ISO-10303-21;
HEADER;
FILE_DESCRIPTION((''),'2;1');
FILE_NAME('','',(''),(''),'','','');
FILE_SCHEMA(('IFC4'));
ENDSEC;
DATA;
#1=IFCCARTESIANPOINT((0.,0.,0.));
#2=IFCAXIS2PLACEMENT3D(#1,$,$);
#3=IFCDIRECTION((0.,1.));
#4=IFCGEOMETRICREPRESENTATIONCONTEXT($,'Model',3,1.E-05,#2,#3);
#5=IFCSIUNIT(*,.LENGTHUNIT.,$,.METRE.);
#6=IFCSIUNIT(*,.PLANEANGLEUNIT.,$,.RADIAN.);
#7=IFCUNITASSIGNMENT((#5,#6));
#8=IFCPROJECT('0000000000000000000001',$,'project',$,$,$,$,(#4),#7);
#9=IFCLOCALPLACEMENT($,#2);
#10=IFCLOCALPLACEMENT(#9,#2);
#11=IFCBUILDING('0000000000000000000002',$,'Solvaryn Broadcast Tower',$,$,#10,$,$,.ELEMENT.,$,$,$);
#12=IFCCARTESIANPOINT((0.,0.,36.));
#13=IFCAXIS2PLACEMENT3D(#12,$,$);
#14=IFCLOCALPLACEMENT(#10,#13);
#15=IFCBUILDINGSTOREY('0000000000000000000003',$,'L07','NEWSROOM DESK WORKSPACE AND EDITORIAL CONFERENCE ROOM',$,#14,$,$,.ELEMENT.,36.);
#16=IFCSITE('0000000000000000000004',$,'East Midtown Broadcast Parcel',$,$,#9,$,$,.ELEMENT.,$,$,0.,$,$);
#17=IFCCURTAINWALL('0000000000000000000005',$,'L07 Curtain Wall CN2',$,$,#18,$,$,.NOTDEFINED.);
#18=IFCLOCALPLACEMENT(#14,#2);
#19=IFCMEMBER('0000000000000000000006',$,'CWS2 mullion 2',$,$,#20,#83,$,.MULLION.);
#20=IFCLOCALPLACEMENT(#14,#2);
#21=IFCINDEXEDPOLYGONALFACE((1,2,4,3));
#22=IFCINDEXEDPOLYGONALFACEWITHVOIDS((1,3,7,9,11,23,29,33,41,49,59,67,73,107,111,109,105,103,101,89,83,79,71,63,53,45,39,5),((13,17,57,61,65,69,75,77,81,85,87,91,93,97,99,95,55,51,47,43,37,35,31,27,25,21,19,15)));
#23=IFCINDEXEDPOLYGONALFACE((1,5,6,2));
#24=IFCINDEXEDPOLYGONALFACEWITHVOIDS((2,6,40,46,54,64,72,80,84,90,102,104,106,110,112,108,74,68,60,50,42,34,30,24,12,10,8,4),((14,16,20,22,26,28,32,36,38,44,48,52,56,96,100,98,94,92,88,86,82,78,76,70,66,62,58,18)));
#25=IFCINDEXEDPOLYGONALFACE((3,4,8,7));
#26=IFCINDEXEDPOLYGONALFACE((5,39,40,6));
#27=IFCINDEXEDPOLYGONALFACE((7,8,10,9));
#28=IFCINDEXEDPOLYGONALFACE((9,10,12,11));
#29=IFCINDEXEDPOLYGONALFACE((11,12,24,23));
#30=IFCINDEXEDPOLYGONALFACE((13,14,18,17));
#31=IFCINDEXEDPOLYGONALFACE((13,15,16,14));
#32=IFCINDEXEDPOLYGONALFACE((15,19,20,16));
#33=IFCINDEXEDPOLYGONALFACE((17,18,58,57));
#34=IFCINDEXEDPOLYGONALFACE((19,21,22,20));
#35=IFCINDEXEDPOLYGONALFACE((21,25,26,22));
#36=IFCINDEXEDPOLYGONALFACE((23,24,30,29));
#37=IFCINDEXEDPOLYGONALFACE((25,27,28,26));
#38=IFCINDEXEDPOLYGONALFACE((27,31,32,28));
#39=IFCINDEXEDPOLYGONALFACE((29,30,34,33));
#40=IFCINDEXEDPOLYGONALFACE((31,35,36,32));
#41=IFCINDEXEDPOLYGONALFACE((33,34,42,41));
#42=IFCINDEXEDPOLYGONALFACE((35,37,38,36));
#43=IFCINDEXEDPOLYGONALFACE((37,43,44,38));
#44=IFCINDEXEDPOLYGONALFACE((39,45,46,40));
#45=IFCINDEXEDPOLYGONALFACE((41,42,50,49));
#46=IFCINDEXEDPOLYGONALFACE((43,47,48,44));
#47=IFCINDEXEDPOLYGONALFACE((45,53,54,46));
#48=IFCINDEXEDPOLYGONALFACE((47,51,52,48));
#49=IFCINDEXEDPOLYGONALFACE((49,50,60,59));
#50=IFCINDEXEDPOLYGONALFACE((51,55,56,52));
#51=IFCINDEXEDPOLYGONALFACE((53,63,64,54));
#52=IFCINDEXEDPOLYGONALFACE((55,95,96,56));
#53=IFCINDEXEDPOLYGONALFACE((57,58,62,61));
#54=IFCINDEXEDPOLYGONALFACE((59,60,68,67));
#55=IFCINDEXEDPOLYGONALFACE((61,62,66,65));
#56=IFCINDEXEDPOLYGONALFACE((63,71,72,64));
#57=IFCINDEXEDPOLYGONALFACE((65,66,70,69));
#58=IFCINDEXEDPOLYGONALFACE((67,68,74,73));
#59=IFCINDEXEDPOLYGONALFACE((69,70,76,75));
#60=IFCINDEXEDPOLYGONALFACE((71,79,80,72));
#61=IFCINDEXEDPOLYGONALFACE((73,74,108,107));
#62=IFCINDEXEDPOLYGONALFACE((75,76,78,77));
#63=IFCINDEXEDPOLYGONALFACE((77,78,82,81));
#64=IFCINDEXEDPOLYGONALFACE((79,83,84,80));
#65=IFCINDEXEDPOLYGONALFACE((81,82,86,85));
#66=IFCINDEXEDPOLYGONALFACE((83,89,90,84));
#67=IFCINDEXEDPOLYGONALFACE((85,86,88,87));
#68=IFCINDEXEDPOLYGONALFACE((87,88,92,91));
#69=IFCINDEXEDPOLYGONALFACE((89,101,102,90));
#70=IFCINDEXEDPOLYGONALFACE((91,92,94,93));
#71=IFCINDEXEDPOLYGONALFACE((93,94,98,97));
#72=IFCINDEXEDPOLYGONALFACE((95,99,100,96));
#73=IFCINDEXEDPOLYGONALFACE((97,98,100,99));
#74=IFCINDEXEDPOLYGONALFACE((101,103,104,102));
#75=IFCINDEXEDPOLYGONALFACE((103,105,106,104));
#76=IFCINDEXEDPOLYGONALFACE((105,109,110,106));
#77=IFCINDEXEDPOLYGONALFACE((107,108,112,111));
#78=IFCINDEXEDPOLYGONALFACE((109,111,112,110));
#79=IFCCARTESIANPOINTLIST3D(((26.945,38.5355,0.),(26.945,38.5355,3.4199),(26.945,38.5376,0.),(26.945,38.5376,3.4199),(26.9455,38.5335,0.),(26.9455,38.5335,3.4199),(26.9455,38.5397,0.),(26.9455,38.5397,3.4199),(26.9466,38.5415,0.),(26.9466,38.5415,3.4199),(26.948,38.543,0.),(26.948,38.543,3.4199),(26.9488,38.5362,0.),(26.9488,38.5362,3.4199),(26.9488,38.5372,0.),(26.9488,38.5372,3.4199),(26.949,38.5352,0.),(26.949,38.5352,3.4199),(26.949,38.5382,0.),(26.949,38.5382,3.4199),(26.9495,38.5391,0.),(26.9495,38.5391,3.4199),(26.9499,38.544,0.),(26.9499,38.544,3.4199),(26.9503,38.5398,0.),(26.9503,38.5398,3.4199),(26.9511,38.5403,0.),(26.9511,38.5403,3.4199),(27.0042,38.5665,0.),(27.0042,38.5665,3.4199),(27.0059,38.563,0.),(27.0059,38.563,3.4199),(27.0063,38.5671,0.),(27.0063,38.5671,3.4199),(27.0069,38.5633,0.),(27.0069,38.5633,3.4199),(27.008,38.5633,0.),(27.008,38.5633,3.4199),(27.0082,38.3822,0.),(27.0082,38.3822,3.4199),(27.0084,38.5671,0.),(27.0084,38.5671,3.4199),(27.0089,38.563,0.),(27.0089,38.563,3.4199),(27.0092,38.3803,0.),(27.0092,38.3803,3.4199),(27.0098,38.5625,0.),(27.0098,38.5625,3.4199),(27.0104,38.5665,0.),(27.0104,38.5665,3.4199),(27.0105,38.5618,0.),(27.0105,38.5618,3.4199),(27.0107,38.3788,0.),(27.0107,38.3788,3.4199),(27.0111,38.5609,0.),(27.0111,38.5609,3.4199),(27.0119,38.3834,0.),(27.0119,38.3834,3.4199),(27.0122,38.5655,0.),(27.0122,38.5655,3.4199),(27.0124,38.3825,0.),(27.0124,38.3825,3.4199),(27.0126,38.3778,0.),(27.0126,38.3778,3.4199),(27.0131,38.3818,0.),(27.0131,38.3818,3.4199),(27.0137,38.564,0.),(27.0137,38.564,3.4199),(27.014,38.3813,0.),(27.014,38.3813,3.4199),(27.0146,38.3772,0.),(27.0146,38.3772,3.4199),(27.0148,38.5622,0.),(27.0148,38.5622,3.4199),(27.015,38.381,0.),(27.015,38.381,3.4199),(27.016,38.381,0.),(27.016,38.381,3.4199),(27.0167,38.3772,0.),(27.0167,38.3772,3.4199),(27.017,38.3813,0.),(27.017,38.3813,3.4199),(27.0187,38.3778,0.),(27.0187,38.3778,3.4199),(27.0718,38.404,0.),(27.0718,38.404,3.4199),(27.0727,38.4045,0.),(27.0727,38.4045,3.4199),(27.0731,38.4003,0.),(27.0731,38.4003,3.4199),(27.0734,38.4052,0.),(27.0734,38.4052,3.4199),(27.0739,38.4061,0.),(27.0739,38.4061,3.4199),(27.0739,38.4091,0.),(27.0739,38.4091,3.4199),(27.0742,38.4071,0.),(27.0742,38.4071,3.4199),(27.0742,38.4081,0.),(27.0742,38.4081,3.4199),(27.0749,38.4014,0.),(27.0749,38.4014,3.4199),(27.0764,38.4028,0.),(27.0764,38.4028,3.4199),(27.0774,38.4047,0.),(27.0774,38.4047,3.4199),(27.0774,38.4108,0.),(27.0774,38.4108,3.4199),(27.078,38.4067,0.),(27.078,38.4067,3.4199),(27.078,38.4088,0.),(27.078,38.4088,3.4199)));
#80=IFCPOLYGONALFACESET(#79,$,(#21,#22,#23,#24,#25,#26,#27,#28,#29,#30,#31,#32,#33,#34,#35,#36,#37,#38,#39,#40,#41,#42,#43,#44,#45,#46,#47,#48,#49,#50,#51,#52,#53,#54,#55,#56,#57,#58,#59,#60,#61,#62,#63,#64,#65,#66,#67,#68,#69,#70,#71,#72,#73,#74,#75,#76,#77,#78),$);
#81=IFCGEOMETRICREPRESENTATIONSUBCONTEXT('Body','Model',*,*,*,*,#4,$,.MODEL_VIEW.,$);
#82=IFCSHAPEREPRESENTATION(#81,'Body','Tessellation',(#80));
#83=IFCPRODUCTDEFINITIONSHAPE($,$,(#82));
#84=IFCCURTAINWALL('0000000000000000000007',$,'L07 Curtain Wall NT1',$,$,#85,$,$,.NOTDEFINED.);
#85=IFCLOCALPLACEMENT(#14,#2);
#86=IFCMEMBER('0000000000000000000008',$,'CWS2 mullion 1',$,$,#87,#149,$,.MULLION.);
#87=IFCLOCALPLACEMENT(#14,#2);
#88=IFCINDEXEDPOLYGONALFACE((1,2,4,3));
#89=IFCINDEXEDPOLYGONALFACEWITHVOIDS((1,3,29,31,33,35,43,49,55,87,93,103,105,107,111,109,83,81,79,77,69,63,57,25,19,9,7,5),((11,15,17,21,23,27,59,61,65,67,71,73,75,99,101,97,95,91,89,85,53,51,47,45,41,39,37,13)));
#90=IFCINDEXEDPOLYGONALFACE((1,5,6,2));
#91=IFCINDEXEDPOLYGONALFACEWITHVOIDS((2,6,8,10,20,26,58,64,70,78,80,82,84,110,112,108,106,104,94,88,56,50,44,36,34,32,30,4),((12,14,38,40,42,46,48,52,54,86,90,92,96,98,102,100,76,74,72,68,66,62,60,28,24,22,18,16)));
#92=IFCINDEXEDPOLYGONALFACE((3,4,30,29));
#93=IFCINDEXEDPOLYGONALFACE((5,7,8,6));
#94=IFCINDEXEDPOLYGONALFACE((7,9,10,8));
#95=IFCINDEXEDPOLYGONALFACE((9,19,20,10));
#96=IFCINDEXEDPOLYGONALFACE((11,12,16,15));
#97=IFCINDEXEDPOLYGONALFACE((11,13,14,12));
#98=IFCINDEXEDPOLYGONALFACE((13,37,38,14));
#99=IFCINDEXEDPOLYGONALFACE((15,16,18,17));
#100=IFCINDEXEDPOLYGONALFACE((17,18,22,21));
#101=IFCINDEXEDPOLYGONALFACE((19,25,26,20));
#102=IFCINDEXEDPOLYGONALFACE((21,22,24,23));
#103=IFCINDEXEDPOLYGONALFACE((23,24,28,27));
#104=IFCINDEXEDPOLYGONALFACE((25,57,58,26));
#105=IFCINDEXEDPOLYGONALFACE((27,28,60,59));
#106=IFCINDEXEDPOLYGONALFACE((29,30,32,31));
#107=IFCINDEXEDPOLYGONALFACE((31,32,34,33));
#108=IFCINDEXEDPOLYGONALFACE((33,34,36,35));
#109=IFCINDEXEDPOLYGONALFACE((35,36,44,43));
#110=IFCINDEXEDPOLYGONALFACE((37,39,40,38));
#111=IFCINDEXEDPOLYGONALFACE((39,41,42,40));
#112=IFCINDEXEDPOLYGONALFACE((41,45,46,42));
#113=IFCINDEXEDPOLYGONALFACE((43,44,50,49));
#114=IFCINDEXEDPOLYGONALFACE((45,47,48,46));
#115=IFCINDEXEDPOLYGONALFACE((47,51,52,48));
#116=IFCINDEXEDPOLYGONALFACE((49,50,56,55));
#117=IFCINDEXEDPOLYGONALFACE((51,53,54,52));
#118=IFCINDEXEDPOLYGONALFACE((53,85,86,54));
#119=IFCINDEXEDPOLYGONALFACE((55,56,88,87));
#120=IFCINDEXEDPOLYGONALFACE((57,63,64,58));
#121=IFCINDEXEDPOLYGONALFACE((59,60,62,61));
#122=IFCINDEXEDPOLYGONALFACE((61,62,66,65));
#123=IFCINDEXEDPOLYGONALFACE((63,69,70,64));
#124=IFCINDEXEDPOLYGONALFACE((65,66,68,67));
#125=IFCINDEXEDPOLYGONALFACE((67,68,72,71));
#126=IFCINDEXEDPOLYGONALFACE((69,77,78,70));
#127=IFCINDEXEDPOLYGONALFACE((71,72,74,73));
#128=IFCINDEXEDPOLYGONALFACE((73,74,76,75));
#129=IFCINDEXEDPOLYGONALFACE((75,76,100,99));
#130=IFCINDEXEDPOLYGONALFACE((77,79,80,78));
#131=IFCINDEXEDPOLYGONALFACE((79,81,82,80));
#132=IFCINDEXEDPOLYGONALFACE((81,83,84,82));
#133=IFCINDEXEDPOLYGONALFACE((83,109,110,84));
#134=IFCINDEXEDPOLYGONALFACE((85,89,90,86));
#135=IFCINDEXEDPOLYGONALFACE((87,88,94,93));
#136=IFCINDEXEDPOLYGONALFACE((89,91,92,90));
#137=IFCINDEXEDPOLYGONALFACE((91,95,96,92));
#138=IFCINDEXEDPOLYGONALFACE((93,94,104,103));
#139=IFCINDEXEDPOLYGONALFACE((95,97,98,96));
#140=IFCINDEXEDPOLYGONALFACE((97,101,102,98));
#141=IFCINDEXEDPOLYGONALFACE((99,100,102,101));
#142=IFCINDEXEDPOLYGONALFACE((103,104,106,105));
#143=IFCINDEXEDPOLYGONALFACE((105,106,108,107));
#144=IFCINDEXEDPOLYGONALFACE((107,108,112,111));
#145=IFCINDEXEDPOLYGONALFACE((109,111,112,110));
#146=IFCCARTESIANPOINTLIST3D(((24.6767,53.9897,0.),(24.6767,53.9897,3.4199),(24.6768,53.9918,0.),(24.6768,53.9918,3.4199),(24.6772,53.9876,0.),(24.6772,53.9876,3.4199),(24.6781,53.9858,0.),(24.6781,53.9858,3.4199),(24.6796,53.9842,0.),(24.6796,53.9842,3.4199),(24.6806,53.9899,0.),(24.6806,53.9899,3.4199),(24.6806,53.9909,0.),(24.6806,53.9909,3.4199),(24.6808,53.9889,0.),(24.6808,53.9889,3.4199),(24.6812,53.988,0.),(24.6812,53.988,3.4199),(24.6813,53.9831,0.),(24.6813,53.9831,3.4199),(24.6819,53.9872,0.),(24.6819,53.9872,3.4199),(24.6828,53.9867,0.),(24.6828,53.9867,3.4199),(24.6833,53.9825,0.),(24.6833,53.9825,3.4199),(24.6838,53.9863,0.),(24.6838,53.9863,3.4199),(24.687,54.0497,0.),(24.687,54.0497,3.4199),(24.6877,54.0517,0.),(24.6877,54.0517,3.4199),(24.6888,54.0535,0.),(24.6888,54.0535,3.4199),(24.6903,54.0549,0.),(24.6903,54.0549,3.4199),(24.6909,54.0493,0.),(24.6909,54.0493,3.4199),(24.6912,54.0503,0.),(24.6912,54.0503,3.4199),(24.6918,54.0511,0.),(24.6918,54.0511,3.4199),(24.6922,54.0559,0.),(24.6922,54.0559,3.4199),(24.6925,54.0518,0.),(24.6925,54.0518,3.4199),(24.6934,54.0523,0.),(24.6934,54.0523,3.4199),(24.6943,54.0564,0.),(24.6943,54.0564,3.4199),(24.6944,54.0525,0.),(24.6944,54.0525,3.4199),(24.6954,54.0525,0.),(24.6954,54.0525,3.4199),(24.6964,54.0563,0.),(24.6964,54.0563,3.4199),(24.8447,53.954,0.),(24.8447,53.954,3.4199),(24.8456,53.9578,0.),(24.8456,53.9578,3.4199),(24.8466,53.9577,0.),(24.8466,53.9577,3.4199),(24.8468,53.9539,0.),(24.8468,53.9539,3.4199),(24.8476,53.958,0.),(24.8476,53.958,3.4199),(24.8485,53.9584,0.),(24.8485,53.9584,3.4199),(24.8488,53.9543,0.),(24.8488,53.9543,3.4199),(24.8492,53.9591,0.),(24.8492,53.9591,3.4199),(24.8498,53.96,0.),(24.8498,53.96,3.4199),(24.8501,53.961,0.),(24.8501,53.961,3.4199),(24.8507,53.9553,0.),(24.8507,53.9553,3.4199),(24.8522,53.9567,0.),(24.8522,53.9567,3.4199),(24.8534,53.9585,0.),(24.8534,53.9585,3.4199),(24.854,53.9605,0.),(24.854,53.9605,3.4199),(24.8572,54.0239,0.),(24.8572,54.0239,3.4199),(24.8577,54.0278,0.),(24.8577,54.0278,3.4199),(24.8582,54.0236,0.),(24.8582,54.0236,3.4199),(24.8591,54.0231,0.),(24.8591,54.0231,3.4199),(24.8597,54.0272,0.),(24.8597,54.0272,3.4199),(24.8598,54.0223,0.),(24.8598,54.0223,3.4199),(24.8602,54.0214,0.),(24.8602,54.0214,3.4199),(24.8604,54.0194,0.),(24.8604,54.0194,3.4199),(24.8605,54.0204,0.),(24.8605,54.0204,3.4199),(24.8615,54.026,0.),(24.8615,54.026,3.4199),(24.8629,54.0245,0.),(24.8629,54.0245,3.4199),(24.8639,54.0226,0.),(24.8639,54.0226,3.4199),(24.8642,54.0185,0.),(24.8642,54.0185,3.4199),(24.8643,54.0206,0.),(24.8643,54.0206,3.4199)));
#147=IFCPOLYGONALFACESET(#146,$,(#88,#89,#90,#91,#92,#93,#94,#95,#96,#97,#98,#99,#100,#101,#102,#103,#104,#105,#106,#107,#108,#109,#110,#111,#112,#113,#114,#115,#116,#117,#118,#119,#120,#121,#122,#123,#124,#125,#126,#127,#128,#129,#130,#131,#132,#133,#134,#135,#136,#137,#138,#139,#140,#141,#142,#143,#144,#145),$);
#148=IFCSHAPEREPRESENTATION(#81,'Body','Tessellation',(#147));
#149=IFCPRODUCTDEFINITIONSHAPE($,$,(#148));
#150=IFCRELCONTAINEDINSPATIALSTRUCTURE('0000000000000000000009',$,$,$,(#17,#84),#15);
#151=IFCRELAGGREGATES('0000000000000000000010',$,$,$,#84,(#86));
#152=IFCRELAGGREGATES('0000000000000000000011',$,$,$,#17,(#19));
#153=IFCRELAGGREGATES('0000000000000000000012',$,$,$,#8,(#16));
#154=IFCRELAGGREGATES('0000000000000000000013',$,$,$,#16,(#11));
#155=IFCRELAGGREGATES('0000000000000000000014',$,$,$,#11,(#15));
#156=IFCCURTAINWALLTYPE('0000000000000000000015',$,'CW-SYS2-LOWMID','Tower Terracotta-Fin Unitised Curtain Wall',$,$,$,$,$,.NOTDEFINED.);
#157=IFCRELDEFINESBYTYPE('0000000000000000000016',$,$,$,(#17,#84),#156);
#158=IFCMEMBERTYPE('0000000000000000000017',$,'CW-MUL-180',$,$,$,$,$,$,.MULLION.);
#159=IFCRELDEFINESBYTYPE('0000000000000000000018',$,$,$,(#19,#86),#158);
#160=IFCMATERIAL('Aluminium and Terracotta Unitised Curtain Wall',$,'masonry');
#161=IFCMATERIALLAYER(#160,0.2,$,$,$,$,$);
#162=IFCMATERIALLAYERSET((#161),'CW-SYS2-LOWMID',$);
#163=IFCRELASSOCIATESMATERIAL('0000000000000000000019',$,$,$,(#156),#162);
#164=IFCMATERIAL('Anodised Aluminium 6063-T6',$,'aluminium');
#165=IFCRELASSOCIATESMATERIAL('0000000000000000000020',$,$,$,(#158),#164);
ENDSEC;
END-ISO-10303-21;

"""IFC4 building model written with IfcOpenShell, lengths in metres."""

from ifc_helpers import new_model, si_unit, direction, frame, origin, origin_2d, place, context, subcontext, project, spatial, hollow_rectangle, extrude, material, layer, layer_set, material_profile, profile_set, type_object, element, aggregate, save


model = new_model("IFC4")

# Units and contexts
model_context = context("Model", 3, precision=1e-05, world=origin(), true_north=direction((0.0, 1.0)))
body_context = subcontext(model_context, "Body", "Model", "MODEL_VIEW")
ifc_project = project(units=[si_unit("LENGTHUNIT", "METRE"), si_unit("PLANEANGLEUNIT", "RADIAN")], contexts=[model_context])

# Site, building, storey
site_placement = place(None, origin())
site = spatial("IfcSite", under=ifc_project, at=site_placement, Name="East Midtown Broadcast Parcel", CompositionType="ELEMENT", RefElevation=0.0)
building_placement = place(site_placement, origin())
building = spatial("IfcBuilding", under=site, at=building_placement, Name="Solvaryn Broadcast Tower", CompositionType="ELEMENT")
storey_placement = place(building_placement, frame((0.0, 0.0, 36.0)))
storey = spatial("IfcBuildingStorey", under=building, at=storey_placement, Name="L07", Description="NEWSROOM DESK WORKSPACE AND EDITORIAL CONFERENCE ROOM", CompositionType="ELEMENT", Elevation=36.0)

# Shared definitions
ifc_material_1 = material(Name="Aluminium and Terracotta Unitised Curtain Wall", Category="masonry")
ifc_layer_1 = layer(ifc_material_1, 0.2)
ifc_layer_set_1 = layer_set([ifc_layer_1], Name="CW-SYS2-LOWMID")
curtain_wall_type = type_object("IfcCurtainWallType", Name="CW-SYS2-LOWMID", Description="Tower Terracotta-Fin Unitised Curtain Wall", PredefinedType="NOTDEFINED", material=ifc_layer_set_1)
ifc_material_2 = material(Name="Anodised Aluminium 6063-T6", Category="aluminium")
ifc_material_profile_1 = material_profile(ifc_material_2, hollow_rectangle(XDim=0.075, YDim=0.1799, WallThickness=0.0039, InnerFilletRadius=0.0039, OuterFilletRadius=0.0081, at=origin_2d()))
ifc_profile_set_1 = profile_set([ifc_material_profile_1], Name="Anodised Aluminium 6063-T6")
member_type_1 = type_object("IfcMemberType", Name="CW-MUL-180", PredefinedType="MULLION", material=ifc_profile_set_1)

# Curtain walls, members
curtain_wall_1_placement = place(storey_placement, origin())
curtain_wall_1 = element("IfcCurtainWall", 1, at=curtain_wall_1_placement, inside=storey, type_object=curtain_wall_type, Name="L07 Curtain Wall CN2", PredefinedType="NOTDEFINED")
member_1_placement = place(storey_placement, frame((27.0115, 38.4722, 0.0), z_axis=(0.0, 0.0, 1.0), x_axis=(-0.923895, -0.382646, 0.0)))
member_1 = element("IfcMember", 2, at=member_1_placement, type_object=member_type_1, Name="CWS2 mullion 2", PredefinedType="MULLION", context=body_context, shape_type="SweptSolid", body=[
    extrude(hollow_rectangle(XDim=0.075, YDim=0.1799, WallThickness=0.0039, InnerFilletRadius=0.0039, OuterFilletRadius=0.0081, at=origin_2d()), origin(), (0.0, 0.0, 1.0), 3.4199),
])
curtain_wall_2_placement = place(storey_placement, origin())
curtain_wall_2 = element("IfcCurtainWall", 3, at=curtain_wall_2_placement, inside=storey, type_object=curtain_wall_type, Name="L07 Curtain Wall NT1", PredefinedType="NOTDEFINED")
member_2_placement = place(storey_placement, frame((24.7705, 54.0051, 0.0), z_axis=(0.0, 0.0, 1.0), x_axis=(-0.173785, -0.984784, 0.0)))
member_2 = element("IfcMember", 4, at=member_2_placement, type_object=member_type_1, Name="CWS2 mullion 1", PredefinedType="MULLION", context=body_context, shape_type="SweptSolid", body=[
    extrude(hollow_rectangle(XDim=0.075, YDim=0.1799, WallThickness=0.0039, InnerFilletRadius=0.0039, OuterFilletRadius=0.0081, at=origin_2d()), origin(), (0.0, 0.0, 1.0), 3.4199),
])

aggregate(curtain_wall_2, [member_2])

aggregate(curtain_wall_1, [member_1])

save(model, "model.ifc")
